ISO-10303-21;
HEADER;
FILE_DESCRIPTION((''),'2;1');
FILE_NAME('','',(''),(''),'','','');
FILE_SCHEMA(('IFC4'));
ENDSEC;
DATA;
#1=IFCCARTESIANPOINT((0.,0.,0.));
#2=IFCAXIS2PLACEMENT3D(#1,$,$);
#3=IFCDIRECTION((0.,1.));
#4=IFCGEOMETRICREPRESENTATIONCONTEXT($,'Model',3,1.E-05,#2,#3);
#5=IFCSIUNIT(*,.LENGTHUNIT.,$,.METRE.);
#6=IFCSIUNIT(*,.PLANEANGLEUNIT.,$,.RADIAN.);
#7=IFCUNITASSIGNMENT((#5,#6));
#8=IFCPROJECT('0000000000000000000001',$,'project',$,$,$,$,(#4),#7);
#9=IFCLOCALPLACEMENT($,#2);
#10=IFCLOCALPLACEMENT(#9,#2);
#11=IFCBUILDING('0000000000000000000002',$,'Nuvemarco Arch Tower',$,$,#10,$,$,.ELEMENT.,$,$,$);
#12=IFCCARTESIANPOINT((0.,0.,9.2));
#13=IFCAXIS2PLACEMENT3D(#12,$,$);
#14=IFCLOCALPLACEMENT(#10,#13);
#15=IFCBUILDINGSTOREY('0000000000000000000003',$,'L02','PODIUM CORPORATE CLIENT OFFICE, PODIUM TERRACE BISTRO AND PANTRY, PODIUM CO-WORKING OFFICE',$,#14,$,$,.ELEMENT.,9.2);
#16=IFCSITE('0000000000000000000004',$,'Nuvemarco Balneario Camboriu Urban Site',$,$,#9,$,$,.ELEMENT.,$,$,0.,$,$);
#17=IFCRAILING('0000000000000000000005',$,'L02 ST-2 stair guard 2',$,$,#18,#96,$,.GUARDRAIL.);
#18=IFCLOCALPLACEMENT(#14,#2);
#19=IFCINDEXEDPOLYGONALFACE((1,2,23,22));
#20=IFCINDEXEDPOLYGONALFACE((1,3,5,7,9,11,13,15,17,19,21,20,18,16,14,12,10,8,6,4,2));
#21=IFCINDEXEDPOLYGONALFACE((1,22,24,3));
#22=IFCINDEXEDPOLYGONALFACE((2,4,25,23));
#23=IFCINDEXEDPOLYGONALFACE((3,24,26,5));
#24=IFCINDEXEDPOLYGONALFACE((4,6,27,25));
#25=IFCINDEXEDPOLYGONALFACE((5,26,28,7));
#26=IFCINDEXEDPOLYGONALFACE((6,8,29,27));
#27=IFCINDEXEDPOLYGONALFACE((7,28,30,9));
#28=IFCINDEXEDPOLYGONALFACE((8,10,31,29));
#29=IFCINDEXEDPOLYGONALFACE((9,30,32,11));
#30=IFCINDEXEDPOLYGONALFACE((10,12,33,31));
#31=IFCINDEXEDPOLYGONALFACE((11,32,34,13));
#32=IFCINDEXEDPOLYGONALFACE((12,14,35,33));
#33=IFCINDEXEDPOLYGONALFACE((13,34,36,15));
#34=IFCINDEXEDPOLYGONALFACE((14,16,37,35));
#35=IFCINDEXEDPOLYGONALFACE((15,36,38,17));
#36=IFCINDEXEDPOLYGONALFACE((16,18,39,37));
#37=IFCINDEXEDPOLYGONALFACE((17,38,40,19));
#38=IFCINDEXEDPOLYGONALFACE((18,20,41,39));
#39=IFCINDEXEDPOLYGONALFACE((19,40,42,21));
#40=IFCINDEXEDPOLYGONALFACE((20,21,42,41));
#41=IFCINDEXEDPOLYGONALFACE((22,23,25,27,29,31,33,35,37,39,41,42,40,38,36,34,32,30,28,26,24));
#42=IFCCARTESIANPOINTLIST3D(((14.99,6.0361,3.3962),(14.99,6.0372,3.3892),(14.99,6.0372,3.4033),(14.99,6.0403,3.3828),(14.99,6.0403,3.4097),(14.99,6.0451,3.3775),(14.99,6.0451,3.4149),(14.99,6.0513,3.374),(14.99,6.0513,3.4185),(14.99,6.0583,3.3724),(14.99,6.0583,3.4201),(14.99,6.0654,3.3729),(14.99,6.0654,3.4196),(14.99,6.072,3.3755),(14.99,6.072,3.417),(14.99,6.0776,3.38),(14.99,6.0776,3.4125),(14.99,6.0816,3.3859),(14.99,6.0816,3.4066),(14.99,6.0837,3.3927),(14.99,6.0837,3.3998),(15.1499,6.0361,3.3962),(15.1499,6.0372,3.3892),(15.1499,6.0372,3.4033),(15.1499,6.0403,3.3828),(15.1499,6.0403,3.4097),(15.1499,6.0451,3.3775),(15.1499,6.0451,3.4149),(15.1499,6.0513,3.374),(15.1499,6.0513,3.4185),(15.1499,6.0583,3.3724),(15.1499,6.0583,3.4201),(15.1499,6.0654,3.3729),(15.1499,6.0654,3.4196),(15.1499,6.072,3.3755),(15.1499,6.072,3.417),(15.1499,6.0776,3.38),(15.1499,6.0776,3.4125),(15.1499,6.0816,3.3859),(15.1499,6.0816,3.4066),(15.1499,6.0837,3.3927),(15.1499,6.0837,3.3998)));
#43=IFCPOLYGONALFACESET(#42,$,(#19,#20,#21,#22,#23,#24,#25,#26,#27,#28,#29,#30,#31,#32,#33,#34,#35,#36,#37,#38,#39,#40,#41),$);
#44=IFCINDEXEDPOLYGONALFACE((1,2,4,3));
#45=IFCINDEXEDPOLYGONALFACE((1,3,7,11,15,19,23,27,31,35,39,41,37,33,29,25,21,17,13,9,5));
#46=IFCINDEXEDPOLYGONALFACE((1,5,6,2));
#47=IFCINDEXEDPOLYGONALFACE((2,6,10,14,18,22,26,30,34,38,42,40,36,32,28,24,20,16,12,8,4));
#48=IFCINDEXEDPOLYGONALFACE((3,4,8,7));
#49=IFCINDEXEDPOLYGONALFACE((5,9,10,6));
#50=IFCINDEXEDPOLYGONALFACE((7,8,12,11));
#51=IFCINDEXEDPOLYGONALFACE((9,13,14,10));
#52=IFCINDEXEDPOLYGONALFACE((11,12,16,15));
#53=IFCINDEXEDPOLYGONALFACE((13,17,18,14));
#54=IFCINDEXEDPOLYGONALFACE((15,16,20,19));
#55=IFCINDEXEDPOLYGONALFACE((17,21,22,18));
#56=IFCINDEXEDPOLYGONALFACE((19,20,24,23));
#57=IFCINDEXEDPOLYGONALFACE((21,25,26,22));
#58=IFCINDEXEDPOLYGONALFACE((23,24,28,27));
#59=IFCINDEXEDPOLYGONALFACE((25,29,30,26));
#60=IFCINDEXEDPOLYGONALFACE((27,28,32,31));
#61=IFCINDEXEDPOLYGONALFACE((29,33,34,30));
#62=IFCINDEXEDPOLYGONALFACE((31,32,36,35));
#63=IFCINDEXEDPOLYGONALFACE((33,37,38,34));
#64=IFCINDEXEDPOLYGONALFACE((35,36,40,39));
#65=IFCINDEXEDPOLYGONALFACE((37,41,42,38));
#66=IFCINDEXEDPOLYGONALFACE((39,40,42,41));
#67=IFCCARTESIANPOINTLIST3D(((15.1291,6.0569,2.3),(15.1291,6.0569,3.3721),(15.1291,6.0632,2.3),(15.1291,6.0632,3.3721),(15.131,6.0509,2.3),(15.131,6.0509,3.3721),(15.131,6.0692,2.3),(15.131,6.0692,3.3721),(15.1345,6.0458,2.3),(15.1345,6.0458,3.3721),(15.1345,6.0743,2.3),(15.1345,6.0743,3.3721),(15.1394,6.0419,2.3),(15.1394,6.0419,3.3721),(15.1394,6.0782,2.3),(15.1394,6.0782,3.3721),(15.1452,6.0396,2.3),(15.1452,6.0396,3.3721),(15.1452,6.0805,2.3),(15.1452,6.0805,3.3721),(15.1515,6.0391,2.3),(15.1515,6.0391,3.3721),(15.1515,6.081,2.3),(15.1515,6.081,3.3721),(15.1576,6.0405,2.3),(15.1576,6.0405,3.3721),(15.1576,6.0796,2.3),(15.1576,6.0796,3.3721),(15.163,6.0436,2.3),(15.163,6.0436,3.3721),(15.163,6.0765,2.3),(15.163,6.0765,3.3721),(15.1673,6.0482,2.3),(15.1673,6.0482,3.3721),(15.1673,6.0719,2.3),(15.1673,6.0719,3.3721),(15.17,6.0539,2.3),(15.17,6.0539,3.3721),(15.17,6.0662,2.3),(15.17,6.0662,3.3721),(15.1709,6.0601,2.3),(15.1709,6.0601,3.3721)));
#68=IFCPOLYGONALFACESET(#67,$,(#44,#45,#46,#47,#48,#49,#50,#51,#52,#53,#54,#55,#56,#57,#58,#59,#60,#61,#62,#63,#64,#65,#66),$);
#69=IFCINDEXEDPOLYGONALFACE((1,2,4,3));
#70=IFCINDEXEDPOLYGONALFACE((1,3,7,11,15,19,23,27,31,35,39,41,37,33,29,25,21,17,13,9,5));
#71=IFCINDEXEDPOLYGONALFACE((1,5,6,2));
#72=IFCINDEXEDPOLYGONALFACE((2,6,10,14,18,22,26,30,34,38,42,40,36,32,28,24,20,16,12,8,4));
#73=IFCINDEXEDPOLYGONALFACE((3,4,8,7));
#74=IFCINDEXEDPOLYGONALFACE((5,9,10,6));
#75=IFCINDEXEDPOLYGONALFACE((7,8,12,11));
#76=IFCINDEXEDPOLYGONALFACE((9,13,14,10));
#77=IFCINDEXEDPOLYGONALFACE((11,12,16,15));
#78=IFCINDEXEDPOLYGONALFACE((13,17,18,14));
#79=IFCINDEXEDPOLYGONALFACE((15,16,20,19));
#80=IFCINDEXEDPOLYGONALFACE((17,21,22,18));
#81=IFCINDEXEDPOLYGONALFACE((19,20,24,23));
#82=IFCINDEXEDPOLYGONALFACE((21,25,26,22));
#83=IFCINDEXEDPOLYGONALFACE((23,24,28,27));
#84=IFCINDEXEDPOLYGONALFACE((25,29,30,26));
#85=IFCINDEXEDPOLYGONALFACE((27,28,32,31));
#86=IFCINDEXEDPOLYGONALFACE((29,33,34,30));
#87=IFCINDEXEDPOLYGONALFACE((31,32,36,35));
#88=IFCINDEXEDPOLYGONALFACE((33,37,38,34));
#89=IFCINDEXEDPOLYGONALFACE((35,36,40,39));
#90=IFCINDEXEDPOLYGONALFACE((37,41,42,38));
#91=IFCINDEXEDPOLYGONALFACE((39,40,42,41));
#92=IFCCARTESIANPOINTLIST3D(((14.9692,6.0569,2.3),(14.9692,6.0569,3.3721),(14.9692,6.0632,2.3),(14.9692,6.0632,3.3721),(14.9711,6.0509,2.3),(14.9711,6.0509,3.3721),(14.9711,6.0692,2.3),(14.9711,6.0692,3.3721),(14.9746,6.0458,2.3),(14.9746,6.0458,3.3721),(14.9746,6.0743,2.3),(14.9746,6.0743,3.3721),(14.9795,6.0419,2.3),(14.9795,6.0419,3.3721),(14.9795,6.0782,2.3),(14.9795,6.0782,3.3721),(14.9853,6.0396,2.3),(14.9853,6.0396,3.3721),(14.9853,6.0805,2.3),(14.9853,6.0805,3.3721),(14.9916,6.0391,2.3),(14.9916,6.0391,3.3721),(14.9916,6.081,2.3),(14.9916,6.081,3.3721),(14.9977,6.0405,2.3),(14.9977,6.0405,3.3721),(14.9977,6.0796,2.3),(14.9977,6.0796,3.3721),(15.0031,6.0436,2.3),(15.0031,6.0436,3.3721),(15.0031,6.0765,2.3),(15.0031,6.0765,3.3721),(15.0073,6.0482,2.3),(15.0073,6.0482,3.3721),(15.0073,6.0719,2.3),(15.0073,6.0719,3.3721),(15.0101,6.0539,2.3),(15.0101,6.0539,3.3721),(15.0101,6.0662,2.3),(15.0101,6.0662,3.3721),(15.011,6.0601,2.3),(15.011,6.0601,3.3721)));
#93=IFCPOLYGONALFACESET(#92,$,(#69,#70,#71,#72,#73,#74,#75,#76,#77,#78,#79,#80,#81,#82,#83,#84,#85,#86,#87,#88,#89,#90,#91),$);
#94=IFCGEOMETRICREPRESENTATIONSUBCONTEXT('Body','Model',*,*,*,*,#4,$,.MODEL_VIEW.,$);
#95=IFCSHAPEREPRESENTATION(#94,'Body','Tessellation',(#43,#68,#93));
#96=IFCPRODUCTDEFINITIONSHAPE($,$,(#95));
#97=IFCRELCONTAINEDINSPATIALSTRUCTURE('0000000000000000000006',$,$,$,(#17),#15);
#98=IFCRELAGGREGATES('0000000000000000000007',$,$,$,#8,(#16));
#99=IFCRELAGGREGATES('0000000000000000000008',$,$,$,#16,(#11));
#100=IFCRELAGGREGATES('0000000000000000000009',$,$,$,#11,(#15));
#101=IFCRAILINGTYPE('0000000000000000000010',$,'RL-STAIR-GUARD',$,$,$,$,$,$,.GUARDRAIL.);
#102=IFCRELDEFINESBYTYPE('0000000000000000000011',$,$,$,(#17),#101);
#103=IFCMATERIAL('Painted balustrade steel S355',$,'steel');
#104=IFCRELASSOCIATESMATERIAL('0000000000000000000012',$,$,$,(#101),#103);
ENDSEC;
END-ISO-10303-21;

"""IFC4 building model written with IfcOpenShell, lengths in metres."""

from ifc_helpers import new_model, si_unit, direction, frame, origin, origin_2d, place, context, subcontext, project, spatial, circle, extrude, material, type_object, element, save


model = new_model("IFC4")

# Units and contexts
model_context = context("Model", 3, precision=1e-05, world=origin(), true_north=direction((0.0, 1.0)))
body_context = subcontext(model_context, "Body", "Model", "MODEL_VIEW")
ifc_project = project(units=[si_unit("LENGTHUNIT", "METRE"), si_unit("PLANEANGLEUNIT", "RADIAN")], contexts=[model_context])

# Site, building, storey
site_placement = place(None, origin())
site = spatial("IfcSite", under=ifc_project, at=site_placement, Name="Nuvemarco Balneario Camboriu Urban Site", CompositionType="ELEMENT", RefElevation=0.0)
building_placement = place(site_placement, origin())
building = spatial("IfcBuilding", under=site, at=building_placement, Name="Nuvemarco Arch Tower", CompositionType="ELEMENT")
storey_placement = place(building_placement, frame((0.0, 0.0, 9.2)))
storey = spatial("IfcBuildingStorey", under=building, at=storey_placement, Name="L02", Description="PODIUM CORPORATE CLIENT OFFICE, PODIUM TERRACE BISTRO AND PANTRY, PODIUM CO-WORKING OFFICE", CompositionType="ELEMENT", Elevation=9.2)

# Railing
ifc_material_1 = material(Name="Painted balustrade steel S355", Category="steel")
railing_type_1 = type_object("IfcRailingType", Name="RL-STAIR-GUARD", PredefinedType="GUARDRAIL", material=ifc_material_1)
railing_1_placement = place(storey_placement, frame((15.1499, 6.0601, 2.3)))
element("IfcRailing", 1, at=railing_1_placement, inside=storey, type_object=railing_type_1, Name="L02 ST-2 stair guard 2", PredefinedType="GUARDRAIL", context=body_context, shape_type="SweptSolid", body=[
    extrude(circle(Radius=0.0239, at=origin_2d()), frame((0.0, 0.0, 1.0962), z_axis=(-1.0, 0.0, 0.0), x_axis=(0.0, -1.0, 0.0)), (0.0, 0.0, 1.0), 0.1599),
    extrude(circle(Radius=0.021, at=origin_2d()), origin(), (0.0, 0.0, 1.0), 1.072),
    extrude(circle(Radius=0.021, at=origin_2d()), frame((-0.1599, 0.0, 0.0)), (0.0, 0.0, 1.0), 1.072),
])

save(model, "model.ifc")
